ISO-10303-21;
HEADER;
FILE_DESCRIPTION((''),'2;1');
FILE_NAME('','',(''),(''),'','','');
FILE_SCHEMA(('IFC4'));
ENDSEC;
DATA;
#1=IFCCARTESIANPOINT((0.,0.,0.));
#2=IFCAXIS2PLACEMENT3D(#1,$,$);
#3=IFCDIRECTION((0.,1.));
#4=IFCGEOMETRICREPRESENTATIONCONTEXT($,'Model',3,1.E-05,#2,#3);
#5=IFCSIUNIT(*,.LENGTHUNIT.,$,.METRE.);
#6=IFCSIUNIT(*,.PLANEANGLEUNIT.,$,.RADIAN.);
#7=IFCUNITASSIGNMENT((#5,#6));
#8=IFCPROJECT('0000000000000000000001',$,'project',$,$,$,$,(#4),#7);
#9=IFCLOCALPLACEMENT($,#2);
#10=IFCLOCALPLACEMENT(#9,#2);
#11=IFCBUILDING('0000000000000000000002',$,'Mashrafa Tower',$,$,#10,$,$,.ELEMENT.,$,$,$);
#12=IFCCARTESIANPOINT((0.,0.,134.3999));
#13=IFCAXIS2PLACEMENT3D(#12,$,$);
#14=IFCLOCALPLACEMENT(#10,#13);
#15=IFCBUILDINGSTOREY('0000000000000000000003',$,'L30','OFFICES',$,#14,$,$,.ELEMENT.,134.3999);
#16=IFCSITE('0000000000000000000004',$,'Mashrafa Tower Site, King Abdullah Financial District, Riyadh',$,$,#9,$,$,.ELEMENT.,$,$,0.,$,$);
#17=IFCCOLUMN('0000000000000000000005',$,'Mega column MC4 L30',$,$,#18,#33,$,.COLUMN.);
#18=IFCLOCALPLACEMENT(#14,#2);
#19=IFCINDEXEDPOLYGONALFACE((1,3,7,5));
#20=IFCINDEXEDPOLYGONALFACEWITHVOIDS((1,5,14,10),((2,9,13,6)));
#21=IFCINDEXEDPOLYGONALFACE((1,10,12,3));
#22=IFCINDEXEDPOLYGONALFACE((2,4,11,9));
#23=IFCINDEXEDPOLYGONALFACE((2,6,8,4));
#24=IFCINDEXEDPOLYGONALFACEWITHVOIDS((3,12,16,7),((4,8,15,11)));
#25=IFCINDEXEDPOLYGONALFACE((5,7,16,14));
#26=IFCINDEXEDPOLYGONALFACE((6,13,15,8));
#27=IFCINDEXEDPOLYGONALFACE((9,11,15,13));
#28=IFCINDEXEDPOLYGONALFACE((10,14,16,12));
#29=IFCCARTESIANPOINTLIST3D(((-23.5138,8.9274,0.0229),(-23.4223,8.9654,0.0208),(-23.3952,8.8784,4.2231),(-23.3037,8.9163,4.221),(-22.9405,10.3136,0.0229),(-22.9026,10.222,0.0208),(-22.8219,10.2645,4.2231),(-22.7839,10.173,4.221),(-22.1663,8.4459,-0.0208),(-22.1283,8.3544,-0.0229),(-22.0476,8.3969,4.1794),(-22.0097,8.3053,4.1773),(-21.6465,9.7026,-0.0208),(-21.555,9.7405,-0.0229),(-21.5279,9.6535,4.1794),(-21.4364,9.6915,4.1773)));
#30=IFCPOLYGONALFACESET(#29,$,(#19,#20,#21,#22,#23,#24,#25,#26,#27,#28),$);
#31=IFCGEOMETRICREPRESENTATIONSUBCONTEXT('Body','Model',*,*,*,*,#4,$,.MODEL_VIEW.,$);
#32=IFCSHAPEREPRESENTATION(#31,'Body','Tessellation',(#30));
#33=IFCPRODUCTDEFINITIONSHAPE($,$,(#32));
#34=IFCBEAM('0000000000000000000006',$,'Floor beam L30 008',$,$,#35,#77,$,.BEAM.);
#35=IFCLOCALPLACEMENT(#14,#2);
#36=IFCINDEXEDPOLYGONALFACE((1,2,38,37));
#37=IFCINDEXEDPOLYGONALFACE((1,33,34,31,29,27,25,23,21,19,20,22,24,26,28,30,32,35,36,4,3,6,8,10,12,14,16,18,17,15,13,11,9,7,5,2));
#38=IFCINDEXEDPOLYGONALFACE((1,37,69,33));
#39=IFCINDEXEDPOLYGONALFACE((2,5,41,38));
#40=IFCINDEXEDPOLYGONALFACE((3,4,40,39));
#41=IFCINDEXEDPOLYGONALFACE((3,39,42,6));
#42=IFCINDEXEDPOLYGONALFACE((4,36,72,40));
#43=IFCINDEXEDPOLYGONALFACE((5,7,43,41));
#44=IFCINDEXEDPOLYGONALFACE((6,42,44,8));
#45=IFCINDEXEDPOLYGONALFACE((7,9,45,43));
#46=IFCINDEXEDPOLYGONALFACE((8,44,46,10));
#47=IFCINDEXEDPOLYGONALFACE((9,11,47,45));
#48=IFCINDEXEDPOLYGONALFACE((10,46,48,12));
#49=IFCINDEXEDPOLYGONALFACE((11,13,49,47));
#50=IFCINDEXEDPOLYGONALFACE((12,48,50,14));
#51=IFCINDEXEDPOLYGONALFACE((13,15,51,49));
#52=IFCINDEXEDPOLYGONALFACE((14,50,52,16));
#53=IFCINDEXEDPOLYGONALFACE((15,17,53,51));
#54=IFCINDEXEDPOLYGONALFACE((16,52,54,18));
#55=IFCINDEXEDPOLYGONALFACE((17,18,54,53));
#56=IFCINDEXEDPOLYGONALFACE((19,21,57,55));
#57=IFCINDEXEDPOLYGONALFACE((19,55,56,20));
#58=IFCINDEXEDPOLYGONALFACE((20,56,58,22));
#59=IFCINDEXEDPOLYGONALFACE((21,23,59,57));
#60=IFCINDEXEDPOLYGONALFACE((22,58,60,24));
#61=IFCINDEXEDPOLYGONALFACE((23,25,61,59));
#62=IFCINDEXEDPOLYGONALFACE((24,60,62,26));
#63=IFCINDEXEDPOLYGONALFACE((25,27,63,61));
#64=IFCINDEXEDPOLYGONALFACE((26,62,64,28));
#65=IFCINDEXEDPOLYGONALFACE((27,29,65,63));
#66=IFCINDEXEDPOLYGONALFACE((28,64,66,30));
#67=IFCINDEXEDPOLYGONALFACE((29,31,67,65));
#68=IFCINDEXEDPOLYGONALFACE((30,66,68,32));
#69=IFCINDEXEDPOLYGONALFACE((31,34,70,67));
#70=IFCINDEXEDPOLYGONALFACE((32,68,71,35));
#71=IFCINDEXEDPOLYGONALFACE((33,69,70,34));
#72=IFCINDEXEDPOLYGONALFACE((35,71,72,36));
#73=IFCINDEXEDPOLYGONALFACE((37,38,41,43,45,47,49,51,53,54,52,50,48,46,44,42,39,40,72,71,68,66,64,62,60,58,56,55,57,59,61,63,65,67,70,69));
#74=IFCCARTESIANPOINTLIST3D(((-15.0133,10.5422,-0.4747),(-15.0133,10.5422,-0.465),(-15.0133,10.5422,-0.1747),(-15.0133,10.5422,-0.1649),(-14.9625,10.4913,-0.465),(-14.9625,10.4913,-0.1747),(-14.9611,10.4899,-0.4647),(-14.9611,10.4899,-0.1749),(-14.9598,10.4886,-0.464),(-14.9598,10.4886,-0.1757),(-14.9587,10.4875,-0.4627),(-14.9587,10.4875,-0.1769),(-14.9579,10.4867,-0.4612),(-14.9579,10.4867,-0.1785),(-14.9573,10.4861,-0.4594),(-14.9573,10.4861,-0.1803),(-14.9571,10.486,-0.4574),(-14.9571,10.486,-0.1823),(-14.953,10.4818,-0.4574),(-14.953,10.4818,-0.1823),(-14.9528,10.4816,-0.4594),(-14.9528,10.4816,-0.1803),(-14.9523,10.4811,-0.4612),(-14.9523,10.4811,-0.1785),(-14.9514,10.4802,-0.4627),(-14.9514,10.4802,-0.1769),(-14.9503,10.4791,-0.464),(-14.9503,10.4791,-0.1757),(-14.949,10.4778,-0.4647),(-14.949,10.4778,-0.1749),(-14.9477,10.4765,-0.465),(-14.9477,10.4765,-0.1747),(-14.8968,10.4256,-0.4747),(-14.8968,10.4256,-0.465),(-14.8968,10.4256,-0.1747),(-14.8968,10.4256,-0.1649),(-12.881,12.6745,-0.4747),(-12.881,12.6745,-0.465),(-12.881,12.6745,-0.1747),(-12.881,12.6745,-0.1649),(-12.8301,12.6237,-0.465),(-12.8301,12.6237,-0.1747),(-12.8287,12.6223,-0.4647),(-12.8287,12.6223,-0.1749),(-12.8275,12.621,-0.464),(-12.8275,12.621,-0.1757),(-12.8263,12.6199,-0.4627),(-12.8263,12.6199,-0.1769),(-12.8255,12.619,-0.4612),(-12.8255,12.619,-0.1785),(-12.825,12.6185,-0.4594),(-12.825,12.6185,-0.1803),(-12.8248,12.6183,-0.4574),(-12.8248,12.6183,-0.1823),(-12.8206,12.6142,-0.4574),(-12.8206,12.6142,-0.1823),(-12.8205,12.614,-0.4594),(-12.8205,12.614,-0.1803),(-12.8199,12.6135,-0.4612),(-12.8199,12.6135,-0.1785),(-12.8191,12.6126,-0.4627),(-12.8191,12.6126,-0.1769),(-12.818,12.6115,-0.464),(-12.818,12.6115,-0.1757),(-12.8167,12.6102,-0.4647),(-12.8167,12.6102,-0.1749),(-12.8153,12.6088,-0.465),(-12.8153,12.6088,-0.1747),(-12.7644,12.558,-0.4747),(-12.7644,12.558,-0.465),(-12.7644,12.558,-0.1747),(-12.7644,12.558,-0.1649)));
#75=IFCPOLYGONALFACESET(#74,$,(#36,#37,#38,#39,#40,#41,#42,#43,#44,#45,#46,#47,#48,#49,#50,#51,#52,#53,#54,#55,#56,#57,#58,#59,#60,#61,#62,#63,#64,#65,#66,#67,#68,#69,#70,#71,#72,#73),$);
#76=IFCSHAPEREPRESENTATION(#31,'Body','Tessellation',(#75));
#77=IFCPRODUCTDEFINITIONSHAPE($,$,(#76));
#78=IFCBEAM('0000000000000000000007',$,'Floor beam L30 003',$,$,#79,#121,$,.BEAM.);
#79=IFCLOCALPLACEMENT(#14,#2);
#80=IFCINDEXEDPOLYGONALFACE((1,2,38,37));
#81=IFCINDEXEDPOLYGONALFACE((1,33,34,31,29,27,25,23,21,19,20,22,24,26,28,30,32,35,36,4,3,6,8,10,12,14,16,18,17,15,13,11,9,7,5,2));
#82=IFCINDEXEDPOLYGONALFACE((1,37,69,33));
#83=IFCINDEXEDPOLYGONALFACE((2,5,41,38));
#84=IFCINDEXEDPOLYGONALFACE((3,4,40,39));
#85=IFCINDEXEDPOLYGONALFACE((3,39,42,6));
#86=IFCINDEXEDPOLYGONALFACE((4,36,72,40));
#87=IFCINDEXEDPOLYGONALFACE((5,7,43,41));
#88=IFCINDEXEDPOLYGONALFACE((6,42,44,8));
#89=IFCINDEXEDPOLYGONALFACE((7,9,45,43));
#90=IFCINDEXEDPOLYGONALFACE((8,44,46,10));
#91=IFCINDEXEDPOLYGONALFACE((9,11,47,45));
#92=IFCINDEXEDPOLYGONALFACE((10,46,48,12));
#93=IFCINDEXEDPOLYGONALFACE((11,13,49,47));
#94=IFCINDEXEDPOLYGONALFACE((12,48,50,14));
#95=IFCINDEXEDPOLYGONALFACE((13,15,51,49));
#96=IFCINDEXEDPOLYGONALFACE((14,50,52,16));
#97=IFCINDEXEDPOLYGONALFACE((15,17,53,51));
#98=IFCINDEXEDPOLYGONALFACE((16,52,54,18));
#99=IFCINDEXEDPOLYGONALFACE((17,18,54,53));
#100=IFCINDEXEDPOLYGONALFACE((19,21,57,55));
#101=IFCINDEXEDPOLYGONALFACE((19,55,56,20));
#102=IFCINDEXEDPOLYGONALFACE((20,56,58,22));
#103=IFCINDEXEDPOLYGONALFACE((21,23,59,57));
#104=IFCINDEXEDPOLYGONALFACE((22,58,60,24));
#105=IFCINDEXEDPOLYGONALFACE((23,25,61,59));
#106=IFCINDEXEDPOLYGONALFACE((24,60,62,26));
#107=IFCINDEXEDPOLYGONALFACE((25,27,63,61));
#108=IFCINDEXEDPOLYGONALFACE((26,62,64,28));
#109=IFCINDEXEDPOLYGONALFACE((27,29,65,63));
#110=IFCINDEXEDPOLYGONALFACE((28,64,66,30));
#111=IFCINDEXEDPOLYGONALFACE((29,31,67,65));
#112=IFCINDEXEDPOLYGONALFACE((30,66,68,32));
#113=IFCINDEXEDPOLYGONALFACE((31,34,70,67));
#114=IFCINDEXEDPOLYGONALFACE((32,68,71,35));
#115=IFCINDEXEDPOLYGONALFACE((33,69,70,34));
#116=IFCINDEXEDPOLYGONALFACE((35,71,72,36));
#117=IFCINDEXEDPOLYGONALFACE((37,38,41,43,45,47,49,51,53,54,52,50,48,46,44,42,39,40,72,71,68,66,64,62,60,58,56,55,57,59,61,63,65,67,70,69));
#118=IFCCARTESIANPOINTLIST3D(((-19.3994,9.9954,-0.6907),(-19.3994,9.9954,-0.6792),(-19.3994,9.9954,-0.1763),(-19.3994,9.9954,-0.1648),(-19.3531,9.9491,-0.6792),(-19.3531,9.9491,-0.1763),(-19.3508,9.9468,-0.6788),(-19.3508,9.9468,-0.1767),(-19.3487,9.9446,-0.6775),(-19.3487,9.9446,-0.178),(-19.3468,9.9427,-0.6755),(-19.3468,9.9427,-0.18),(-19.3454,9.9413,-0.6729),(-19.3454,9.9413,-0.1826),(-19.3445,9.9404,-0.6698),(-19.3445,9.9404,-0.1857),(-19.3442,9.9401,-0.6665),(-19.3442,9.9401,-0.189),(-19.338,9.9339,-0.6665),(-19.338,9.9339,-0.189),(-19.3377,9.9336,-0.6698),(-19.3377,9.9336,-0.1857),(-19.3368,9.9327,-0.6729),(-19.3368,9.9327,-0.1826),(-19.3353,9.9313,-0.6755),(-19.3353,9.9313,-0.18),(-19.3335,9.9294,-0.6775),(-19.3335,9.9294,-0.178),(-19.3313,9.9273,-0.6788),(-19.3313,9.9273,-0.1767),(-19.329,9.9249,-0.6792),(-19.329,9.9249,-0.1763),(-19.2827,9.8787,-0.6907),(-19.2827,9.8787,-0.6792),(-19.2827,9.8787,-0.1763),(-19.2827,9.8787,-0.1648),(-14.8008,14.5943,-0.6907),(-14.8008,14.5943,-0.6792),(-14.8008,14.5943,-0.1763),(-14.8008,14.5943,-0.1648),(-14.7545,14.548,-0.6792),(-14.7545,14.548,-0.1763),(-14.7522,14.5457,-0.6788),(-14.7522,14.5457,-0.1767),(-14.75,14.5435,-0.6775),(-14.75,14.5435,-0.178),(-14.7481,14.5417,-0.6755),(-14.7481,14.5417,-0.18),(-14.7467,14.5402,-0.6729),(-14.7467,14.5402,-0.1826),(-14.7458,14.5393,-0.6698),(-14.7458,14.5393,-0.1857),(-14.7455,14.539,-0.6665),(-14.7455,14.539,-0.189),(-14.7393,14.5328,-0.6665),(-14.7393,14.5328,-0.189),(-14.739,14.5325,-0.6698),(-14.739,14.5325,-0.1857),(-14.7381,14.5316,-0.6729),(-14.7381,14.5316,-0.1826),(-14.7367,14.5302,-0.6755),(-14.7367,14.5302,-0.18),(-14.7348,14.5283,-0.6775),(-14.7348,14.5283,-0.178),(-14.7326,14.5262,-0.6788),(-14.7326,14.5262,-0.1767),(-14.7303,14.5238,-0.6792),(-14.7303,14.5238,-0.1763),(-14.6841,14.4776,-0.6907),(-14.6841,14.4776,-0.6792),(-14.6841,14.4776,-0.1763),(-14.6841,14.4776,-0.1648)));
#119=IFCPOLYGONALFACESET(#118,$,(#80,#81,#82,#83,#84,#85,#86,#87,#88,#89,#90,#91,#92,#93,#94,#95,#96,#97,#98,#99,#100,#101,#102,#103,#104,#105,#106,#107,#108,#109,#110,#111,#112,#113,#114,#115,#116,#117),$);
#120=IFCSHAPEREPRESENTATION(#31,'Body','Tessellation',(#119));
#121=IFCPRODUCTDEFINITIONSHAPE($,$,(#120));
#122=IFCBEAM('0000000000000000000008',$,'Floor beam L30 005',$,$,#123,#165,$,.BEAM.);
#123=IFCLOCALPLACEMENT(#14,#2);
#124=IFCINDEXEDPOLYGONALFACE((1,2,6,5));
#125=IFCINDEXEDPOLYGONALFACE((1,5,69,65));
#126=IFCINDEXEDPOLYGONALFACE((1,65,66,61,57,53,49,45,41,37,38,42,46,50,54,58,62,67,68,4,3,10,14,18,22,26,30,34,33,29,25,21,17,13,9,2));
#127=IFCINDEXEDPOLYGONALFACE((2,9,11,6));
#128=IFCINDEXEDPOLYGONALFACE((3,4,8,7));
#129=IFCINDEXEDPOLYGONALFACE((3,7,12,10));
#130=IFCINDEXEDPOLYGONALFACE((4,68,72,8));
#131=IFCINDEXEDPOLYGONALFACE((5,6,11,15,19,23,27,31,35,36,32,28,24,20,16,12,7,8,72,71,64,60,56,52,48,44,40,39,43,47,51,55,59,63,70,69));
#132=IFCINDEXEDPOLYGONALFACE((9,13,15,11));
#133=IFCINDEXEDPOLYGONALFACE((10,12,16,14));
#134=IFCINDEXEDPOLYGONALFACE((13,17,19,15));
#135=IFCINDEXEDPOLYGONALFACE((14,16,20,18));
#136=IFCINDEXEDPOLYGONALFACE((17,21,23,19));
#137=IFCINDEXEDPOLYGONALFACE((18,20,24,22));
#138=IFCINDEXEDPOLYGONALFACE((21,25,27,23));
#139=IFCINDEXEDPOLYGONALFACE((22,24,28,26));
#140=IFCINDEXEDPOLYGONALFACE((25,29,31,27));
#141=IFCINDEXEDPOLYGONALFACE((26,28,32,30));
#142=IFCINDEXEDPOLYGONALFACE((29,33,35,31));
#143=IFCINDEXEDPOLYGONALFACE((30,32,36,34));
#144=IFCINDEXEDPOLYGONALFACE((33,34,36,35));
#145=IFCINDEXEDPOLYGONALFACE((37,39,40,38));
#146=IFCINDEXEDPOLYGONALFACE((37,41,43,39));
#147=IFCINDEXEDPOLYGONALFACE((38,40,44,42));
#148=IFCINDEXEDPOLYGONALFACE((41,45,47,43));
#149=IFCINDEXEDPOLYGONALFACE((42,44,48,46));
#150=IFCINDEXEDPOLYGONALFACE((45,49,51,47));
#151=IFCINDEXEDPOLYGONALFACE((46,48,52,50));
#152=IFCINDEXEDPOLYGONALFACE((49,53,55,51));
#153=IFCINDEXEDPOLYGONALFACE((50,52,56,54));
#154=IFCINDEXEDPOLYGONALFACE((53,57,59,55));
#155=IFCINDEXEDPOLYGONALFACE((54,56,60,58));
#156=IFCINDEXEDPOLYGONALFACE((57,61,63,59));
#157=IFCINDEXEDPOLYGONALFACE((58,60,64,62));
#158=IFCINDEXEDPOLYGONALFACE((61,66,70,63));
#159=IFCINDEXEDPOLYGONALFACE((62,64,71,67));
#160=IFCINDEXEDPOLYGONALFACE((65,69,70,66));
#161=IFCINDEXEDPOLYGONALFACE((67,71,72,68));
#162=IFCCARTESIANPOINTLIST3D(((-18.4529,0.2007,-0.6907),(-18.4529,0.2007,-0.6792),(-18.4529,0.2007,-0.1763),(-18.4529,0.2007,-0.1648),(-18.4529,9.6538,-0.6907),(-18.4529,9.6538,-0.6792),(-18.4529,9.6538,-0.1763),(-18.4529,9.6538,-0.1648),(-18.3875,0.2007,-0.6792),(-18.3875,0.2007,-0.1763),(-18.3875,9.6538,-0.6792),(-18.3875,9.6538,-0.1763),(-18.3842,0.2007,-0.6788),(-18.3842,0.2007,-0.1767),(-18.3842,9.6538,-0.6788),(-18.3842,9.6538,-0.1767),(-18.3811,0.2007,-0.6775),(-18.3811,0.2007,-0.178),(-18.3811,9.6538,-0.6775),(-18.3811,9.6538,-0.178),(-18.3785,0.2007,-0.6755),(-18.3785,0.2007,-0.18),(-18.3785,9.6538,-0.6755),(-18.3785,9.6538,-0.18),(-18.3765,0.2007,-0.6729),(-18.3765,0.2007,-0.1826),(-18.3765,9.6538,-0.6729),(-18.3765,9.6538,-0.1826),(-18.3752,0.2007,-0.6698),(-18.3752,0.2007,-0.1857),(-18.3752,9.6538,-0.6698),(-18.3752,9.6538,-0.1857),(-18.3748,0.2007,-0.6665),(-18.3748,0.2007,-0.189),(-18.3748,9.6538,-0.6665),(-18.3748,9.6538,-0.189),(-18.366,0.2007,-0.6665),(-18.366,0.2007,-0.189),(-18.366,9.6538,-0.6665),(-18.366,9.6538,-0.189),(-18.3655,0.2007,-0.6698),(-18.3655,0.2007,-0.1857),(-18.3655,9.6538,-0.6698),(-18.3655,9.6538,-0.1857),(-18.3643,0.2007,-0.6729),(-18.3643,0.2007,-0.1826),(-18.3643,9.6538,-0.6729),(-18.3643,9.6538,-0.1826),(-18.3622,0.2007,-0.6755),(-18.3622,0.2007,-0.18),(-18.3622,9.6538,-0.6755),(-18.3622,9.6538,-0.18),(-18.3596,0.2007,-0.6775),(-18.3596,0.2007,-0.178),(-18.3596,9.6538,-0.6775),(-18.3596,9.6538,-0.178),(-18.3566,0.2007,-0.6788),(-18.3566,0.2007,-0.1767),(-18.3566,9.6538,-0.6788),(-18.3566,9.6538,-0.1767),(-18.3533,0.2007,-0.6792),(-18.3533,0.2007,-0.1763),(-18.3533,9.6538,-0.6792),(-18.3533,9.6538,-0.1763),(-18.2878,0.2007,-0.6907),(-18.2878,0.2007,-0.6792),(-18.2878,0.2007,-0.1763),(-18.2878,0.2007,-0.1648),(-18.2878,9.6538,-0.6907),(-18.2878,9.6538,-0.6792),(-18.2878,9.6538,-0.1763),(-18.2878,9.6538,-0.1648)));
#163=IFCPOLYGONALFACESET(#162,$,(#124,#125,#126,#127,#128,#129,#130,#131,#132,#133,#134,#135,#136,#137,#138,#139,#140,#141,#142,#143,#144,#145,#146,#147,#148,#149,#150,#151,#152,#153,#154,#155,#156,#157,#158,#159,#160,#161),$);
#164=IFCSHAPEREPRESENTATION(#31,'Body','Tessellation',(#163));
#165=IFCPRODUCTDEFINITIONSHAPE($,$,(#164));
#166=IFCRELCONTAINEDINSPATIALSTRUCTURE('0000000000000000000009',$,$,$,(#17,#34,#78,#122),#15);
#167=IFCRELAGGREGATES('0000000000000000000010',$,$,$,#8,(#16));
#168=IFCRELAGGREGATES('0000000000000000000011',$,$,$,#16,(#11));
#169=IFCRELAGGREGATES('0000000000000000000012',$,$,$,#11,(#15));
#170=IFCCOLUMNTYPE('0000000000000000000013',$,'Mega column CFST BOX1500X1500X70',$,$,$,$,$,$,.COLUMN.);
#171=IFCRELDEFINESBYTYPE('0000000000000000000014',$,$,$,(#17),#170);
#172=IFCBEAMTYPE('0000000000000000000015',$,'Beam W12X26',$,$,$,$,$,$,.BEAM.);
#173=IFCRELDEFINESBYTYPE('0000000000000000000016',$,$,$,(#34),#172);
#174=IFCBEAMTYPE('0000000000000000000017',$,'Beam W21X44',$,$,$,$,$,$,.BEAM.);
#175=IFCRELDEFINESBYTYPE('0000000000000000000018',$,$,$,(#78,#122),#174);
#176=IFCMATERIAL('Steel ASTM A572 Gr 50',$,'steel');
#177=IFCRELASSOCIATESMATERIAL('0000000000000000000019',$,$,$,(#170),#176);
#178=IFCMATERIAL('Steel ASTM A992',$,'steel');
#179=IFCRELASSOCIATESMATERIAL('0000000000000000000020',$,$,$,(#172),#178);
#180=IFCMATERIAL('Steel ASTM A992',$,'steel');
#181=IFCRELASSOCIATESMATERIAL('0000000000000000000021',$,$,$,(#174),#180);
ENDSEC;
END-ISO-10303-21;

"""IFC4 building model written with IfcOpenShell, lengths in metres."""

from ifc_helpers import new_model, si_unit, direction, frame, origin, origin_2d, place, context, subcontext, project, spatial, hollow_rectangle, i_section, extrude, material, material_profile, profile_set, type_object, element, save


model = new_model("IFC4")

# Units and contexts
model_context = context("Model", 3, precision=1e-05, world=origin(), true_north=direction((0.0, 1.0)))
body_context = subcontext(model_context, "Body", "Model", "MODEL_VIEW")
ifc_project = project(units=[si_unit("LENGTHUNIT", "METRE"), si_unit("PLANEANGLEUNIT", "RADIAN")], contexts=[model_context])

# Site, building, storey
site_placement = place(None, origin())
site = spatial("IfcSite", under=ifc_project, at=site_placement, Name="Mashrafa Tower Site, King Abdullah Financial District, Riyadh", CompositionType="ELEMENT", RefElevation=0.0)
building_placement = place(site_placement, origin())
building = spatial("IfcBuilding", under=site, at=building_placement, Name="Mashrafa Tower", CompositionType="ELEMENT")
storey_placement = place(building_placement, frame((0.0, 0.0, 134.3999)))
storey = spatial("IfcBuildingStorey", under=building, at=storey_placement, Name="L30", Description="OFFICES", CompositionType="ELEMENT", Elevation=134.3999)

# Column
ifc_material_1 = material(Name="Steel ASTM A572 Gr 50", Category="steel")
ifc_material_profile_1 = material_profile(ifc_material_1, hollow_rectangle(XDim=1.5, YDim=1.5, WallThickness=0.0701, at=origin_2d()), Name="BOX1500X1500X70")
ifc_profile_set_1 = profile_set([ifc_material_profile_1], Name="Steel ASTM A572 Gr 50")
column_type = type_object("IfcColumnType", Name="Mega column CFST BOX1500X1500X70", PredefinedType="COLUMN", material=ifc_profile_set_1)
column_placement = place(storey_placement, frame((-22.5344, 9.334, 0.0), z_axis=(0.028236, -0.011678, 0.999533), x_axis=(0.382184, 0.924086, 0.0)))
element("IfcColumn", 1, at=column_placement, inside=storey, type_object=column_type, Name="Mega column MC4 L30", PredefinedType="COLUMN", context=body_context, shape_type="SweptSolid", body=[
    extrude(hollow_rectangle(XDim=1.5, YDim=1.5, WallThickness=0.0701, at=origin_2d()), origin(), (0.0, 0.0, 1.0), 4.2021),
])

# Beams
ifc_material_2 = material(Name="Steel ASTM A992", Category="steel")
ifc_material_profile_2 = material_profile(ifc_material_2, i_section(OverallWidth=0.1648, OverallDepth=0.3098, WebThickness=0.0059, FlangeThickness=0.0098, FilletRadius=0.0076, at=origin_2d()), Name="W12X26")
ifc_profile_set_2 = profile_set([ifc_material_profile_2], Name="Steel ASTM A992")
beam_type_1 = type_object("IfcBeamType", Name="Beam W12X26", PredefinedType="BEAM", material=ifc_profile_set_2)
beam_1_placement = place(storey_placement, frame((-14.9551, 10.4839, -0.3198), z_axis=(0.707107, 0.707107, 0.0), x_axis=(-0.707107, 0.707107, 0.0)))
element("IfcBeam", 2, at=beam_1_placement, inside=storey, type_object=beam_type_1, Name="Floor beam L30 008", PredefinedType="BEAM", context=body_context, shape_type="SweptSolid", body=[
    extrude(i_section(OverallWidth=0.1648, OverallDepth=0.3098, WebThickness=0.0059, FlangeThickness=0.0098, FilletRadius=0.0076, at=origin_2d()), origin(), (0.0, 0.0, 1.0), 3.0156),
])
ifc_material_3 = material(Name="Steel ASTM A992", Category="steel")
ifc_material_profile_3 = material_profile(ifc_material_3, i_section(OverallWidth=0.165, OverallDepth=0.5259, WebThickness=0.0088, FlangeThickness=0.0115, FilletRadius=0.0127, at=origin_2d()), Name="W21X44")
ifc_profile_set_3 = profile_set([ifc_material_profile_3], Name="Steel ASTM A992")
beam_type_2 = type_object("IfcBeamType", Name="Beam W21X44", PredefinedType="BEAM", material=ifc_profile_set_3)
beam_2_placement = place(storey_placement, frame((-19.3411, 9.937, -0.4277), z_axis=(0.707088, 0.707126, 0.0), x_axis=(-0.707126, 0.707088, 0.0)))
element("IfcBeam", 3, at=beam_2_placement, inside=storey, type_object=beam_type_2, Name="Floor beam L30 003", PredefinedType="BEAM", context=body_context, shape_type="SweptSolid", body=[
    extrude(i_section(OverallWidth=0.165, OverallDepth=0.5259, WebThickness=0.0088, FlangeThickness=0.0115, FilletRadius=0.0127, at=origin_2d()), origin(), (0.0, 0.0, 1.0), 6.5037),
])
beam_3_placement = place(storey_placement, frame((-18.3704, 0.2007, -0.4277), z_axis=(0.0, 1.0, 0.0), x_axis=(-1.0, 0.0, 0.0)))
element("IfcBeam", 4, at=beam_3_placement, inside=storey, type_object=beam_type_2, Name="Floor beam L30 005", PredefinedType="BEAM", context=body_context, shape_type="SweptSolid", body=[
    extrude(i_section(OverallWidth=0.165, OverallDepth=0.5259, WebThickness=0.0088, FlangeThickness=0.0115, FilletRadius=0.0127, at=origin_2d()), origin(), (0.0, 0.0, 1.0), 9.4531),
])

save(model, "model.ifc")
